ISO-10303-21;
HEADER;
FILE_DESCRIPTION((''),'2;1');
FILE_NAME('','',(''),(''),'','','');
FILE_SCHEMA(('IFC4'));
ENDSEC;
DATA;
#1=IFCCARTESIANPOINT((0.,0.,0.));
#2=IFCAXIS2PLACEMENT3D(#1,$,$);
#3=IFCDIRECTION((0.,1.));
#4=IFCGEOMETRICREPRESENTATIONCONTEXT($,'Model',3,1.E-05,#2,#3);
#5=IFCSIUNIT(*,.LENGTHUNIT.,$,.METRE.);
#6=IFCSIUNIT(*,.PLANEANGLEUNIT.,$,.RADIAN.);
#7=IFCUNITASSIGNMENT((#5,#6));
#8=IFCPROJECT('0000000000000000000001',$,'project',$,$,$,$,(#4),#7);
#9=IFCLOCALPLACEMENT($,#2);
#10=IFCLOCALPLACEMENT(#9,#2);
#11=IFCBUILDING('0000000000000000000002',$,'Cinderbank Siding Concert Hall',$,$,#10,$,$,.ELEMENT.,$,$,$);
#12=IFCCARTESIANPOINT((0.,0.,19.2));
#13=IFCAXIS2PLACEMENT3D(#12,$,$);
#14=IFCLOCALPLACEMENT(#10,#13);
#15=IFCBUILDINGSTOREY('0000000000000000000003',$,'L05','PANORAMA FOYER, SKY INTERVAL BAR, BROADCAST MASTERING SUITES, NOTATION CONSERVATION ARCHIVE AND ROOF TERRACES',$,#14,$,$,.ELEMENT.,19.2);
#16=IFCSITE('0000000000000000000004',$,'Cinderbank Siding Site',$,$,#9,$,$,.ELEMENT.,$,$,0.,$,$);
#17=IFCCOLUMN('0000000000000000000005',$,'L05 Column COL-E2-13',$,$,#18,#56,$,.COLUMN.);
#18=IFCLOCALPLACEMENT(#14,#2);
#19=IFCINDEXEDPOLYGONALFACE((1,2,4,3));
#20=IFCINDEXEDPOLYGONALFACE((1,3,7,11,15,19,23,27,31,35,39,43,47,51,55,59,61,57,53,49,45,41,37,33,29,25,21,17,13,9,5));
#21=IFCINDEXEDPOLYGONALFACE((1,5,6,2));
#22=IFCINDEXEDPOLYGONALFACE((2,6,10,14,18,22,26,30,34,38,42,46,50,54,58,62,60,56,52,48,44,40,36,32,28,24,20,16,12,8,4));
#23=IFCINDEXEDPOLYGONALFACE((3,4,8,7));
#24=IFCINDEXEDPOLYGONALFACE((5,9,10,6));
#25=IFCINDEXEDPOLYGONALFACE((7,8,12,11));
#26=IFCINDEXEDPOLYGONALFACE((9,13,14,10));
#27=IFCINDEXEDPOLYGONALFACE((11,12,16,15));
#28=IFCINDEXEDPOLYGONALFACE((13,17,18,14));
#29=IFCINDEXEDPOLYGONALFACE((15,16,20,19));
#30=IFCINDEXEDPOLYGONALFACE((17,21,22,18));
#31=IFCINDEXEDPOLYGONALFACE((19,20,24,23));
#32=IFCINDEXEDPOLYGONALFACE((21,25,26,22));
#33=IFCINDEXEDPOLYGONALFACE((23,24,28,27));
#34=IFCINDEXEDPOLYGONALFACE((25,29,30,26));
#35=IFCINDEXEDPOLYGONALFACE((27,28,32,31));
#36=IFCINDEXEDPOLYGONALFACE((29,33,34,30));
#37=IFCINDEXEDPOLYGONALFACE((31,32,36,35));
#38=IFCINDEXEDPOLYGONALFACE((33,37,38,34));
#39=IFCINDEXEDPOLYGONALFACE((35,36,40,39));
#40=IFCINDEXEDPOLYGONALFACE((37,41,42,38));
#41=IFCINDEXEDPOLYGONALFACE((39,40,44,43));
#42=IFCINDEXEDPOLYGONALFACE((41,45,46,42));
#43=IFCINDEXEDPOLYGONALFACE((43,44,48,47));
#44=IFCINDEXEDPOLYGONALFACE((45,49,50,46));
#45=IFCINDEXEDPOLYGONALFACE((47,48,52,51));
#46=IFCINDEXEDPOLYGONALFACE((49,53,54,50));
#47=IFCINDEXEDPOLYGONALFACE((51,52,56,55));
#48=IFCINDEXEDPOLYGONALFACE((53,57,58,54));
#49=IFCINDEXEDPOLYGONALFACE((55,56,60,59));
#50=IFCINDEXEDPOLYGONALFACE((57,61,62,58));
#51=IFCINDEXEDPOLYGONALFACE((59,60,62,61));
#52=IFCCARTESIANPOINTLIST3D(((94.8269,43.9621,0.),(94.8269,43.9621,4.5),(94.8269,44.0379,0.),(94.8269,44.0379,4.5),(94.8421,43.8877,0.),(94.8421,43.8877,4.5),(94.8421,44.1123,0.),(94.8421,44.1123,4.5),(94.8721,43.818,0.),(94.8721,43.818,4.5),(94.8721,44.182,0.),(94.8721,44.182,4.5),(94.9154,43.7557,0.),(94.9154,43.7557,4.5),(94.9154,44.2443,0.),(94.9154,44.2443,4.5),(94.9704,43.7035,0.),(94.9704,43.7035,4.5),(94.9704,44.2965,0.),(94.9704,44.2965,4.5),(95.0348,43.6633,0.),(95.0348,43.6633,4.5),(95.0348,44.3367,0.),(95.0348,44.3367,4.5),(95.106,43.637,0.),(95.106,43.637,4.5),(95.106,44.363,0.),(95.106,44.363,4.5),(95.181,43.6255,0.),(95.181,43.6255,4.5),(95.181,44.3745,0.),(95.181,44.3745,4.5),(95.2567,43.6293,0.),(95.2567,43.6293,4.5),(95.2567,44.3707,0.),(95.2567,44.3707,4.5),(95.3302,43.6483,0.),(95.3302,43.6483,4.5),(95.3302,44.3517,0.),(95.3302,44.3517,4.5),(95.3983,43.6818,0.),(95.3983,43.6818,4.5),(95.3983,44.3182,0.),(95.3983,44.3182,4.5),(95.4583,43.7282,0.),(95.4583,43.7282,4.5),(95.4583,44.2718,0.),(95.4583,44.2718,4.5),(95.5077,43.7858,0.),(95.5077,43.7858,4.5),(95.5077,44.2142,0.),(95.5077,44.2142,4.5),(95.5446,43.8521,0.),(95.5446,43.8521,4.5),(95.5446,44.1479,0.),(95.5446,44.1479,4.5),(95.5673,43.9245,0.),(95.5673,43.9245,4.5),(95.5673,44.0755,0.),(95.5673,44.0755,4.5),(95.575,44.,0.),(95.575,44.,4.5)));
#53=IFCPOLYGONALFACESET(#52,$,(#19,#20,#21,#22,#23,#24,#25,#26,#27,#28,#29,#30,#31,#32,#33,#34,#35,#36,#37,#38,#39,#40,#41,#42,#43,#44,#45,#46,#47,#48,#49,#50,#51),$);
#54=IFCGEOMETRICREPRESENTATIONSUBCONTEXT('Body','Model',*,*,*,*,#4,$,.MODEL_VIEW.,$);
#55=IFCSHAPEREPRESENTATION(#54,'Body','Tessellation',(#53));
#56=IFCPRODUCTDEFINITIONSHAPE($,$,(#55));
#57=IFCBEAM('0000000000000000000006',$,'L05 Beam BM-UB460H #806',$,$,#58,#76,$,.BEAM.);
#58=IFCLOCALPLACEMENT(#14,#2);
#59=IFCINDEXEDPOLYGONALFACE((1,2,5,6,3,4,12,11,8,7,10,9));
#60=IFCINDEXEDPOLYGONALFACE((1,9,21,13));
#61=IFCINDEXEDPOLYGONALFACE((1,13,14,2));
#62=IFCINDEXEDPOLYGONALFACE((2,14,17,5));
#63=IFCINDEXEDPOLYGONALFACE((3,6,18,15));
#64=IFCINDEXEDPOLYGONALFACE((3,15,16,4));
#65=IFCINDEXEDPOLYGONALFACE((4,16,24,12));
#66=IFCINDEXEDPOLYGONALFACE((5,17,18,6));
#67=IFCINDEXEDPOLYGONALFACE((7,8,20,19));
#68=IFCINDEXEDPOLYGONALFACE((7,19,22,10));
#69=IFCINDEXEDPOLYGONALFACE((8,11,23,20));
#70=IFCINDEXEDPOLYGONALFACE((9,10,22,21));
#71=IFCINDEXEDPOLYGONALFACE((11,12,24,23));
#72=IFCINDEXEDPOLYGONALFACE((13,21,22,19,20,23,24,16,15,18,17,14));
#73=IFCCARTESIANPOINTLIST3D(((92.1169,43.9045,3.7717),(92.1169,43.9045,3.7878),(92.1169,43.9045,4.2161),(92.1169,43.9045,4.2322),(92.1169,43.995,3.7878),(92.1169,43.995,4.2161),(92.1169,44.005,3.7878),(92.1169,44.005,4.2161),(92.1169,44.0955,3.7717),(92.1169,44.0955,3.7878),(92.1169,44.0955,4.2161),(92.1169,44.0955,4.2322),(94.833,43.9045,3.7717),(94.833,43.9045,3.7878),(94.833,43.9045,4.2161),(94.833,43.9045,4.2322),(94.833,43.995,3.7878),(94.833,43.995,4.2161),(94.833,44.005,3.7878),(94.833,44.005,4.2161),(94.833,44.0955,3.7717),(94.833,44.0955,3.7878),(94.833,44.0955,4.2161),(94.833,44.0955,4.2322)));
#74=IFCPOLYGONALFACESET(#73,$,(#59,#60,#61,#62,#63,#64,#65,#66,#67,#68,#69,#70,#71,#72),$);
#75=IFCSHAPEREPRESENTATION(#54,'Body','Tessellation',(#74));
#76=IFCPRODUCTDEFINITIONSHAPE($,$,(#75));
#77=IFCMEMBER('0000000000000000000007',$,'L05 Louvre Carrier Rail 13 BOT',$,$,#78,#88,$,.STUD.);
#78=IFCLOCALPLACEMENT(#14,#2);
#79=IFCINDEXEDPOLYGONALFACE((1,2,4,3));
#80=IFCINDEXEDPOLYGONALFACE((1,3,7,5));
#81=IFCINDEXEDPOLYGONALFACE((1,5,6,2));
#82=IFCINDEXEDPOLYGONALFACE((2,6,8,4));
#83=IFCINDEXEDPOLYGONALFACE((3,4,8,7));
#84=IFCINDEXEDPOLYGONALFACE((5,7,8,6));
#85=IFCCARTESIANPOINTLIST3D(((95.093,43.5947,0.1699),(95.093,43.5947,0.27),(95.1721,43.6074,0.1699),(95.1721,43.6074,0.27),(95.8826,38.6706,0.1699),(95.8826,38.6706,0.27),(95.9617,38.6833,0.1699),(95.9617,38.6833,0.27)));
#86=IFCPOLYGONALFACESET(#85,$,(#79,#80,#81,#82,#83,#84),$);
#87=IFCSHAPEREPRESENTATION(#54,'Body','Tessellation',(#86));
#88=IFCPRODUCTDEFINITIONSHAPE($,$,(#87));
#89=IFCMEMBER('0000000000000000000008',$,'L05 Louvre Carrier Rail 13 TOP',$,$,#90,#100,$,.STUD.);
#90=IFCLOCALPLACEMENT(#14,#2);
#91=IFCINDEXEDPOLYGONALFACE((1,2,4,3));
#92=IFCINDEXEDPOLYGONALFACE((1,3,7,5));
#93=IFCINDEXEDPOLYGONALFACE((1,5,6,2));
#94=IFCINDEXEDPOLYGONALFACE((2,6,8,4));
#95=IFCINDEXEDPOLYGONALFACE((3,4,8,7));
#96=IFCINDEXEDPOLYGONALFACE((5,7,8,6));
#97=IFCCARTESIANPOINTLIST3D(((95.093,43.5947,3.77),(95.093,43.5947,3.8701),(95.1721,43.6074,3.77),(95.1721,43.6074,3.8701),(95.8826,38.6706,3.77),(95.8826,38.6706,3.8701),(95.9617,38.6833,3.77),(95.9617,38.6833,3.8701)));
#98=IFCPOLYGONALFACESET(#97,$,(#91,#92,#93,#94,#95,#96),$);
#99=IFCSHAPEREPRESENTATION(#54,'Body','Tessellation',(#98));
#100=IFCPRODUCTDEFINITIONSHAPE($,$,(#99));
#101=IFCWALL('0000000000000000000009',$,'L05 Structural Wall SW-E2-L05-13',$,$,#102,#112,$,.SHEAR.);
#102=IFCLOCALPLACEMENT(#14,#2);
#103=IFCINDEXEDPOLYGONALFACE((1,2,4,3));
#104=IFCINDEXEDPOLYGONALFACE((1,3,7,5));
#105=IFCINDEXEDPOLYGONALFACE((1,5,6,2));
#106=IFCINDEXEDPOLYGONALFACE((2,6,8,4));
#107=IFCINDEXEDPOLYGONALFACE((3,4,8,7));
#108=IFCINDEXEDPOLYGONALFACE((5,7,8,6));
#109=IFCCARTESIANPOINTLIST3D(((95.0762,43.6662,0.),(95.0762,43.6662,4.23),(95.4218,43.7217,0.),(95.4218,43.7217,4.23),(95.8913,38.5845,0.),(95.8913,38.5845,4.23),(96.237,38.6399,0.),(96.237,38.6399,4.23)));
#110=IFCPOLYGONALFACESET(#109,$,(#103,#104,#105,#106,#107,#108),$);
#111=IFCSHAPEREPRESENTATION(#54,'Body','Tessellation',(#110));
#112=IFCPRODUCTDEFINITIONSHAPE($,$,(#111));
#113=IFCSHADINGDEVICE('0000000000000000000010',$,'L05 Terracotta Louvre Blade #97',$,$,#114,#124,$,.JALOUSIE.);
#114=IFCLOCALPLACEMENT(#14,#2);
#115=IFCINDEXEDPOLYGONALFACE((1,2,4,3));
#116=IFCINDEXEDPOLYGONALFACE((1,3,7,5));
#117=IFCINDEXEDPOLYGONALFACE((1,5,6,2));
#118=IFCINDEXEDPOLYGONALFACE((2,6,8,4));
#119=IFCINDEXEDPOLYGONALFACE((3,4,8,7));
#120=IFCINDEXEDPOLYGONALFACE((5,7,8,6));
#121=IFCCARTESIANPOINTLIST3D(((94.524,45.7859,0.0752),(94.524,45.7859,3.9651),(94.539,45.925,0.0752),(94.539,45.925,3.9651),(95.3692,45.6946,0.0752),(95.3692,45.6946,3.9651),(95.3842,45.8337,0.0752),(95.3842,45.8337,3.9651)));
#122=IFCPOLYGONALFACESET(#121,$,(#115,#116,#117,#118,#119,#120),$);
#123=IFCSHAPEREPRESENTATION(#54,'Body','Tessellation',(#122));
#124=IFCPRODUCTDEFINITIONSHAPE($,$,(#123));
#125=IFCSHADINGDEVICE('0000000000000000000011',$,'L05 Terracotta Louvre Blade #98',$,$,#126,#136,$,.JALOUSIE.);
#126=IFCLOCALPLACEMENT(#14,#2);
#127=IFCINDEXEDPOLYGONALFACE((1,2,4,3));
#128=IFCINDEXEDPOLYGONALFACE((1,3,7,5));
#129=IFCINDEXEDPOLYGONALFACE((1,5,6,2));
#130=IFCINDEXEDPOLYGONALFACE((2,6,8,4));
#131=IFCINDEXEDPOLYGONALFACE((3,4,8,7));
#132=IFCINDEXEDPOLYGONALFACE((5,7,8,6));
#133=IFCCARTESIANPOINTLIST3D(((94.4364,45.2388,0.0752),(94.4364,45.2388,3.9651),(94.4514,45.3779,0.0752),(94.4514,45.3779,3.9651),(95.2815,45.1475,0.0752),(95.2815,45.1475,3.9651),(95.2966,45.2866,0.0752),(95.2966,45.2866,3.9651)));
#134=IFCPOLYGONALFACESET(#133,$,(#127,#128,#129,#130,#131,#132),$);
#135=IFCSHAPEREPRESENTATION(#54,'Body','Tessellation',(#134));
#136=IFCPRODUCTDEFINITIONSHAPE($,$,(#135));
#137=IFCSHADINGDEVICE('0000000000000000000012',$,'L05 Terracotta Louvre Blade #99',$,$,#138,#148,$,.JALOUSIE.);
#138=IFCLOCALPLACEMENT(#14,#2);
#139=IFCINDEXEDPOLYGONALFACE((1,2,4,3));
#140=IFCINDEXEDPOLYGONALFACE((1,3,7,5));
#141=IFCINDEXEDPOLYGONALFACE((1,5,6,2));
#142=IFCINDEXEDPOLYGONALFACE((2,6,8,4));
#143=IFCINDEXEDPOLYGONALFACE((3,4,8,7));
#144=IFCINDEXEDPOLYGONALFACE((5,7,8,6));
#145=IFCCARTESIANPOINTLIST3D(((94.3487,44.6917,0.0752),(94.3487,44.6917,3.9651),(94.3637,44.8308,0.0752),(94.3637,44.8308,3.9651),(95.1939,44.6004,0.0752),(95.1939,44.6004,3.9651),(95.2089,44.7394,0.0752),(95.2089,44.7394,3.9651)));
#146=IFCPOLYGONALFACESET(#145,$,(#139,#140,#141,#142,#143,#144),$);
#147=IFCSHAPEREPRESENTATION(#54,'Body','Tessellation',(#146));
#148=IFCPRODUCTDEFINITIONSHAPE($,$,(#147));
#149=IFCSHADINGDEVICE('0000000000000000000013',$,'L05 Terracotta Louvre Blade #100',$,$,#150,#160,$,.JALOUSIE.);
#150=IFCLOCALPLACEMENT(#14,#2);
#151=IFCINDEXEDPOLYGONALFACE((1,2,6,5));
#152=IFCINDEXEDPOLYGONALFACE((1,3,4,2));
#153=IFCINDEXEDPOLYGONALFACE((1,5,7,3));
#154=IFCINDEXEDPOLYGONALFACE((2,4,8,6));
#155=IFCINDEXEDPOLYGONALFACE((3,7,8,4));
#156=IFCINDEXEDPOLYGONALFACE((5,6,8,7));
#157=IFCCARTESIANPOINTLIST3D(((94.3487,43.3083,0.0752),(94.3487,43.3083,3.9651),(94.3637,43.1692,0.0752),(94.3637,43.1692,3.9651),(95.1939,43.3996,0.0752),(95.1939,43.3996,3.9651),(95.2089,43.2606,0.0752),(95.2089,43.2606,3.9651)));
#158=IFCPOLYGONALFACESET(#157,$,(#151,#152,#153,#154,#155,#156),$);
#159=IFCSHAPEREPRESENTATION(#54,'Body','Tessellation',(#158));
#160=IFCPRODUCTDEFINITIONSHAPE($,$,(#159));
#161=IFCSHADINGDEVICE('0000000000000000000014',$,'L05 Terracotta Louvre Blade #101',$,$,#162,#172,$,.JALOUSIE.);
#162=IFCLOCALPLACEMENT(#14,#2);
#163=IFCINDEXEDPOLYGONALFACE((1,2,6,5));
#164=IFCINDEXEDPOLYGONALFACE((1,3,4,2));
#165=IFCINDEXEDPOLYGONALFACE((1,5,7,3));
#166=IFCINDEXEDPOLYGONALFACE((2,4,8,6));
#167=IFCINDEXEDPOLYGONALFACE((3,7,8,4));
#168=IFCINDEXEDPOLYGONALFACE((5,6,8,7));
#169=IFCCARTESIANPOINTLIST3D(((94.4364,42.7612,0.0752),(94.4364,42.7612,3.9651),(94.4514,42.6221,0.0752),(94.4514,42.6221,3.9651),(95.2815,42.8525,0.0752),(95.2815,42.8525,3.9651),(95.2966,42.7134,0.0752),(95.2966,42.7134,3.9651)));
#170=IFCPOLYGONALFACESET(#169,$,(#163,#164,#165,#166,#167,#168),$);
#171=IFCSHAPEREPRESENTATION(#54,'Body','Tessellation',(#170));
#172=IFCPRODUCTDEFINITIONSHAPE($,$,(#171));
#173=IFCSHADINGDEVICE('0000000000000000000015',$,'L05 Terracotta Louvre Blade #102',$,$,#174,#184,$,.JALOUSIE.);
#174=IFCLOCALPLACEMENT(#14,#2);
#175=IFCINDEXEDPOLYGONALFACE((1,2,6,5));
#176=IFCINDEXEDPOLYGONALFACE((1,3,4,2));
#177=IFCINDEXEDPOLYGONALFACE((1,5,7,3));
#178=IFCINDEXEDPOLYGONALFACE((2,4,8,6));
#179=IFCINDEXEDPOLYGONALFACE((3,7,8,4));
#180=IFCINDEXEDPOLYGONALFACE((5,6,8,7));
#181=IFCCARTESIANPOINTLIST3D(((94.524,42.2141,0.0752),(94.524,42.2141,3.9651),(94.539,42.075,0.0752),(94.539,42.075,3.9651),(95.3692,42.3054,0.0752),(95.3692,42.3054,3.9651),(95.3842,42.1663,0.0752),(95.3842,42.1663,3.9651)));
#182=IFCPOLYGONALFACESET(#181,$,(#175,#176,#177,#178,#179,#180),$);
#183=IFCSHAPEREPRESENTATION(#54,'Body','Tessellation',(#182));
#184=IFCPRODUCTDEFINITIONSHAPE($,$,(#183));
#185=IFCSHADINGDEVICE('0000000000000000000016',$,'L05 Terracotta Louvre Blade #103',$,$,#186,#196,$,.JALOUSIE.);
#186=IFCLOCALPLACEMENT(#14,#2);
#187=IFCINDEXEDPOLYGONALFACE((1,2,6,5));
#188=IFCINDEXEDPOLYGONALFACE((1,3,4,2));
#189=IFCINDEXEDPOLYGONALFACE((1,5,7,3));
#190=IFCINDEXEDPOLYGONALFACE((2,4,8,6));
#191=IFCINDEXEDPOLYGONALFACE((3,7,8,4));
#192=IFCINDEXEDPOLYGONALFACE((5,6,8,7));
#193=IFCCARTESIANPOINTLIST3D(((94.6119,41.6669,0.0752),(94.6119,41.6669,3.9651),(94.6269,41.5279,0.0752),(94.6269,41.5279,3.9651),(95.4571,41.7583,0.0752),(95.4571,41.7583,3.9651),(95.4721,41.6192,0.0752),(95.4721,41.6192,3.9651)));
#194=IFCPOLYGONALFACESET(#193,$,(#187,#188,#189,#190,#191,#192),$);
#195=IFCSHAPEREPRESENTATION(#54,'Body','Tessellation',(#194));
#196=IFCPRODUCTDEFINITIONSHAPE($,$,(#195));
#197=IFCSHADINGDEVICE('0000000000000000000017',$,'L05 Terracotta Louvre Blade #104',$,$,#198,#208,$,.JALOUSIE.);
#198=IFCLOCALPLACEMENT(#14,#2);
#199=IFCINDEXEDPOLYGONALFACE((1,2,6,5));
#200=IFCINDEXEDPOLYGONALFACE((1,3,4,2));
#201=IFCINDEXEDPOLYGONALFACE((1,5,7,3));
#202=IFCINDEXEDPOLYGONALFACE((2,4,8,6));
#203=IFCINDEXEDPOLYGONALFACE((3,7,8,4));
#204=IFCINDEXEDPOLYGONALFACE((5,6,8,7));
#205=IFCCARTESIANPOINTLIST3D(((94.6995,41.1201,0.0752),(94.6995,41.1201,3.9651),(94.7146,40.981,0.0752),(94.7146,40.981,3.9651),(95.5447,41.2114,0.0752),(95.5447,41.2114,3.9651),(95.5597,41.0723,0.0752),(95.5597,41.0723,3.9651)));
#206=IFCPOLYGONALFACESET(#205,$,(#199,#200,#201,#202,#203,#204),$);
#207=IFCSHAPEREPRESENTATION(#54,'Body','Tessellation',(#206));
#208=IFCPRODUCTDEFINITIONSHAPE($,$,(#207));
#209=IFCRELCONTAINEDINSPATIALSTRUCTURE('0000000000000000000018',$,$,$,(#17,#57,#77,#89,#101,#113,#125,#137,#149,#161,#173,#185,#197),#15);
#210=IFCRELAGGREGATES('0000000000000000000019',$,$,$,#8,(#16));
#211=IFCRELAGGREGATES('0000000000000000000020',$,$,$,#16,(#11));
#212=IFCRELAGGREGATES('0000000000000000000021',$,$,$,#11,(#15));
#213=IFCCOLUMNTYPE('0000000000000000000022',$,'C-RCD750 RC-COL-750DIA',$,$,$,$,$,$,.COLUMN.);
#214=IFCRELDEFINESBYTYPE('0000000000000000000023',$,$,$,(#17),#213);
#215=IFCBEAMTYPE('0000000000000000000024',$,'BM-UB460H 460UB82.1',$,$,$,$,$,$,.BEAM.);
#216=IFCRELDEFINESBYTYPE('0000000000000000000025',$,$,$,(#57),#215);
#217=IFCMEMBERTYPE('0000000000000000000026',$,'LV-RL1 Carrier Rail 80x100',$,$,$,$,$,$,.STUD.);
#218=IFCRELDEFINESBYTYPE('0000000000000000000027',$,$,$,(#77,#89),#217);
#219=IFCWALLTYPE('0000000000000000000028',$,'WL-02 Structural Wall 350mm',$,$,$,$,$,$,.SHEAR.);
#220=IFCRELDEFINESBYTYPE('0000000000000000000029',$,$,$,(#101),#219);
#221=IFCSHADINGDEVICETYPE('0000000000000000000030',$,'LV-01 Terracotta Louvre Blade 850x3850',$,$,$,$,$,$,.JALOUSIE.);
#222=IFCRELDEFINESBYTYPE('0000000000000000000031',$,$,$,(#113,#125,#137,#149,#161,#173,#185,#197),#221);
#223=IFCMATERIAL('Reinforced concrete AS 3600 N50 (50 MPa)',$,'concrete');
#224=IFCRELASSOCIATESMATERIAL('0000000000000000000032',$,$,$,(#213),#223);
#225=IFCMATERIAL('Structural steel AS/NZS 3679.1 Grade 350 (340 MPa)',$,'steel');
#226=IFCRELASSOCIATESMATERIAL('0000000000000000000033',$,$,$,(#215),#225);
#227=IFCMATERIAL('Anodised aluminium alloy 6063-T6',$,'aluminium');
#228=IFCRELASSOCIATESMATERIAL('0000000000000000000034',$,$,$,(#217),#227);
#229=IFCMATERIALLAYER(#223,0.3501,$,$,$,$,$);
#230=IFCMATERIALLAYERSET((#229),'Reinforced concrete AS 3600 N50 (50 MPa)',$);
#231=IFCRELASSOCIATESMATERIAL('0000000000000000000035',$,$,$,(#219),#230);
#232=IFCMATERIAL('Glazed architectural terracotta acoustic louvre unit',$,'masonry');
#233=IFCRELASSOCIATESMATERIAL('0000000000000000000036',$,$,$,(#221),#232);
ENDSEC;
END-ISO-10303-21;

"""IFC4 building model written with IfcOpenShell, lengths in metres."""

from ifc_helpers import new_model, si_unit, direction, frame, frame_2d, origin, origin_2d, place, context, subcontext, project, spatial, rectangle, circle, i_section, extrude, material, layer, layer_set, material_profile, profile_set, type_object, element, save


model = new_model("IFC4")

# Units and contexts
model_context = context("Model", 3, precision=1e-05, world=origin(), true_north=direction((0.0, 1.0)))
body_context = subcontext(model_context, "Body", "Model", "MODEL_VIEW")
ifc_project = project(units=[si_unit("LENGTHUNIT", "METRE"), si_unit("PLANEANGLEUNIT", "RADIAN")], contexts=[model_context])

# Site, building, storey
site_placement = place(None, origin())
site = spatial("IfcSite", under=ifc_project, at=site_placement, Name="Cinderbank Siding Site", CompositionType="ELEMENT", RefElevation=0.0)
building_placement = place(site_placement, origin())
building = spatial("IfcBuilding", under=site, at=building_placement, Name="Cinderbank Siding Concert Hall", CompositionType="ELEMENT")
storey_placement = place(building_placement, frame((0.0, 0.0, 19.2)))
storey = spatial("IfcBuildingStorey", under=building, at=storey_placement, Name="L05", Description="PANORAMA FOYER, SKY INTERVAL BAR, BROADCAST MASTERING SUITES, NOTATION CONSERVATION ARCHIVE AND ROOF TERRACES", CompositionType="ELEMENT", Elevation=19.2)

# Column
ifc_material_1 = material(Name="Reinforced concrete AS 3600 N50 (50 MPa)", Category="concrete")
ifc_material_profile_1 = material_profile(ifc_material_1, circle(Radius=0.375, at=origin_2d()), Name="RC-COL-750DIA", Category="LoadBearing")
ifc_profile_set_1 = profile_set([ifc_material_profile_1], Name="Reinforced concrete AS 3600 N50 (50 MPa)")
column_type = type_object("IfcColumnType", Name="C-RCD750 RC-COL-750DIA", PredefinedType="COLUMN", material=ifc_profile_set_1)
column_placement = place(storey_placement, frame((95.2, 44.0, 0.0), z_axis=(0.0, 0.0, 1.0), x_axis=(1.0, 0.0, 0.0)))
element("IfcColumn", 1, at=column_placement, inside=storey, type_object=column_type, Name="L05 Column COL-E2-13", PredefinedType="COLUMN", context=body_context, shape_type="SweptSolid", body=[
    extrude(circle(Radius=0.375, at=origin_2d()), origin(), (0.0, 0.0, 1.0), 4.5),
])

# Beam
ifc_material_2 = material(Name="Structural steel AS/NZS 3679.1 Grade 350 (340 MPa)", Category="steel")
ifc_material_profile_2 = material_profile(ifc_material_2, i_section(OverallWidth=0.1909, OverallDepth=0.4604, WebThickness=0.01, FlangeThickness=0.0161, at=origin_2d()), Name="460UB82.1", Category="LoadBearing")
ifc_profile_set_2 = profile_set([ifc_material_profile_2], Name="Structural steel AS/NZS 3679.1 Grade 350 (340 MPa)")
beam_type = type_object("IfcBeamType", Name="BM-UB460H 460UB82.1", PredefinedType="BEAM", material=ifc_profile_set_2)
beam_placement = place(storey_placement, frame((94.833, 44.0, 4.002), z_axis=(-1.0, 0.0, 0.0), x_axis=(0.0, -1.0, 0.0)))
element("IfcBeam", 2, at=beam_placement, inside=storey, type_object=beam_type, Name="L05 Beam BM-UB460H #806", PredefinedType="BEAM", context=body_context, shape_type="SweptSolid", body=[
    extrude(i_section(OverallWidth=0.1909, OverallDepth=0.4604, WebThickness=0.01, FlangeThickness=0.0161, at=origin_2d()), origin(), (0.0, 0.0, 1.0), 2.7161),
])

# Members
ifc_material_3 = material(Name="Anodised aluminium alloy 6063-T6", Category="aluminium")
ifc_material_profile_3 = material_profile(ifc_material_3, rectangle(XDim=0.0801, YDim=0.1001, at=origin_2d()), Name="ALU-RAIL-80x100", Category="LoadBearing")
ifc_profile_set_3 = profile_set([ifc_material_profile_3], Name="Anodised aluminium alloy 6063-T6")
member_type = type_object("IfcMemberType", Name="LV-RL1 Carrier Rail 80x100", PredefinedType="STUD", material=ifc_profile_set_3)
for number, where, z_axis, x_axis, name in (
    (3, (95.1326, 43.6011, 0.22), (0.158323, -0.987387, 0.0), (0.987387, 0.158323, 0.0), "L05 Louvre Carrier Rail 13 BOT"),
    (4, (95.1326, 43.6011, 3.8201), (0.158323, -0.987387, 0.0), (0.987387, 0.158323, 0.0), "L05 Louvre Carrier Rail 13 TOP"),
):
    element("IfcMember", number, at=place(storey_placement, frame(where, z_axis=z_axis, x_axis=x_axis)), inside=storey, type_object=member_type, Name=name, PredefinedType="STUD", context=body_context, shape_type="SweptSolid", body=[
        extrude(rectangle(XDim=0.0801, YDim=0.1001, at=origin_2d()), origin(), (0.0, 0.0, 1.0), 4.9871),
    ])

# Wall
ifc_layer = layer(ifc_material_1, 0.3501)
ifc_layer_set = layer_set([ifc_layer], Name="Reinforced concrete AS 3600 N50 (50 MPa)")
wall_type = type_object("IfcWallType", Name="WL-02 Structural Wall 350mm", PredefinedType="SHEAR", material=ifc_layer_set)
wall_placement = place(storey_placement, frame((95.249, 43.6938, 0.0), z_axis=(0.0, 0.0, 1.0), x_axis=(0.158388, -0.987377, 0.0)))
element("IfcWall", 5, at=wall_placement, inside=storey, type_object=wall_type, Name="L05 Structural Wall SW-E2-L05-13", PredefinedType="SHEAR", context=body_context, shape_type="SweptSolid", body=[
    extrude(rectangle(XDim=5.1467, YDim=0.3501, at=frame_2d((2.5732, 0.0))), origin(), (0.0, 0.0, 1.0), 4.23),
])

# Shading devices
ifc_material_4 = material(Name="Glazed architectural terracotta acoustic louvre unit", Category="masonry")
shading_device_type = type_object("IfcShadingDeviceType", Name="LV-01 Terracotta Louvre Blade 850x3850", PredefinedType="JALOUSIE", material=ifc_material_4)
for number, where, z_axis, x_axis, name in (
    (6, (94.9541, 45.8098, 0.0752), (0.0, 0.0, 1.0), (-0.994211, 0.107447, 0.0), "L05 Terracotta Louvre Blade #97"),
    (7, (94.8665, 45.2627, 0.0752), (0.0, 0.0, 1.0), (-0.994211, 0.107447, 0.0), "L05 Terracotta Louvre Blade #98"),
    (8, (94.7788, 44.7156, 0.0752), (0.0, 0.0, 1.0), (-0.994211, 0.107447, 0.0), "L05 Terracotta Louvre Blade #99"),
    (9, (94.7788, 43.2844, 0.0752), (0.0, 0.0, 1.0), (-0.994211, -0.107447, 0.0), "L05 Terracotta Louvre Blade #100"),
    (10, (94.8665, 42.7373, 0.0752), (0.0, 0.0, 1.0), (-0.994211, -0.107447, 0.0), "L05 Terracotta Louvre Blade #101"),
    (11, (94.9541, 42.1902, 0.0752), (0.0, 0.0, 1.0), (-0.994211, -0.107447, 0.0), "L05 Terracotta Louvre Blade #102"),
    (12, (95.042, 41.6431, 0.0752), (0.0, 0.0, 1.0), (-0.994211, -0.107447, 0.0), "L05 Terracotta Louvre Blade #103"),
    (13, (95.1296, 41.0962, 0.0752), (0.0, 0.0, 1.0), (-0.994211, -0.107447, 0.0), "L05 Terracotta Louvre Blade #104"),
):
    element("IfcShadingDevice", number, at=place(storey_placement, frame(where, z_axis=z_axis, x_axis=x_axis)), inside=storey, type_object=shading_device_type, Name=name, PredefinedType="JALOUSIE", context=body_context, shape_type="SweptSolid", body=[
        extrude(rectangle(XDim=0.8501, YDim=0.1399, at=origin_2d()), origin(), (0.0, 0.0, 1.0), 3.8899),
    ])

save(model, "model.ifc")
